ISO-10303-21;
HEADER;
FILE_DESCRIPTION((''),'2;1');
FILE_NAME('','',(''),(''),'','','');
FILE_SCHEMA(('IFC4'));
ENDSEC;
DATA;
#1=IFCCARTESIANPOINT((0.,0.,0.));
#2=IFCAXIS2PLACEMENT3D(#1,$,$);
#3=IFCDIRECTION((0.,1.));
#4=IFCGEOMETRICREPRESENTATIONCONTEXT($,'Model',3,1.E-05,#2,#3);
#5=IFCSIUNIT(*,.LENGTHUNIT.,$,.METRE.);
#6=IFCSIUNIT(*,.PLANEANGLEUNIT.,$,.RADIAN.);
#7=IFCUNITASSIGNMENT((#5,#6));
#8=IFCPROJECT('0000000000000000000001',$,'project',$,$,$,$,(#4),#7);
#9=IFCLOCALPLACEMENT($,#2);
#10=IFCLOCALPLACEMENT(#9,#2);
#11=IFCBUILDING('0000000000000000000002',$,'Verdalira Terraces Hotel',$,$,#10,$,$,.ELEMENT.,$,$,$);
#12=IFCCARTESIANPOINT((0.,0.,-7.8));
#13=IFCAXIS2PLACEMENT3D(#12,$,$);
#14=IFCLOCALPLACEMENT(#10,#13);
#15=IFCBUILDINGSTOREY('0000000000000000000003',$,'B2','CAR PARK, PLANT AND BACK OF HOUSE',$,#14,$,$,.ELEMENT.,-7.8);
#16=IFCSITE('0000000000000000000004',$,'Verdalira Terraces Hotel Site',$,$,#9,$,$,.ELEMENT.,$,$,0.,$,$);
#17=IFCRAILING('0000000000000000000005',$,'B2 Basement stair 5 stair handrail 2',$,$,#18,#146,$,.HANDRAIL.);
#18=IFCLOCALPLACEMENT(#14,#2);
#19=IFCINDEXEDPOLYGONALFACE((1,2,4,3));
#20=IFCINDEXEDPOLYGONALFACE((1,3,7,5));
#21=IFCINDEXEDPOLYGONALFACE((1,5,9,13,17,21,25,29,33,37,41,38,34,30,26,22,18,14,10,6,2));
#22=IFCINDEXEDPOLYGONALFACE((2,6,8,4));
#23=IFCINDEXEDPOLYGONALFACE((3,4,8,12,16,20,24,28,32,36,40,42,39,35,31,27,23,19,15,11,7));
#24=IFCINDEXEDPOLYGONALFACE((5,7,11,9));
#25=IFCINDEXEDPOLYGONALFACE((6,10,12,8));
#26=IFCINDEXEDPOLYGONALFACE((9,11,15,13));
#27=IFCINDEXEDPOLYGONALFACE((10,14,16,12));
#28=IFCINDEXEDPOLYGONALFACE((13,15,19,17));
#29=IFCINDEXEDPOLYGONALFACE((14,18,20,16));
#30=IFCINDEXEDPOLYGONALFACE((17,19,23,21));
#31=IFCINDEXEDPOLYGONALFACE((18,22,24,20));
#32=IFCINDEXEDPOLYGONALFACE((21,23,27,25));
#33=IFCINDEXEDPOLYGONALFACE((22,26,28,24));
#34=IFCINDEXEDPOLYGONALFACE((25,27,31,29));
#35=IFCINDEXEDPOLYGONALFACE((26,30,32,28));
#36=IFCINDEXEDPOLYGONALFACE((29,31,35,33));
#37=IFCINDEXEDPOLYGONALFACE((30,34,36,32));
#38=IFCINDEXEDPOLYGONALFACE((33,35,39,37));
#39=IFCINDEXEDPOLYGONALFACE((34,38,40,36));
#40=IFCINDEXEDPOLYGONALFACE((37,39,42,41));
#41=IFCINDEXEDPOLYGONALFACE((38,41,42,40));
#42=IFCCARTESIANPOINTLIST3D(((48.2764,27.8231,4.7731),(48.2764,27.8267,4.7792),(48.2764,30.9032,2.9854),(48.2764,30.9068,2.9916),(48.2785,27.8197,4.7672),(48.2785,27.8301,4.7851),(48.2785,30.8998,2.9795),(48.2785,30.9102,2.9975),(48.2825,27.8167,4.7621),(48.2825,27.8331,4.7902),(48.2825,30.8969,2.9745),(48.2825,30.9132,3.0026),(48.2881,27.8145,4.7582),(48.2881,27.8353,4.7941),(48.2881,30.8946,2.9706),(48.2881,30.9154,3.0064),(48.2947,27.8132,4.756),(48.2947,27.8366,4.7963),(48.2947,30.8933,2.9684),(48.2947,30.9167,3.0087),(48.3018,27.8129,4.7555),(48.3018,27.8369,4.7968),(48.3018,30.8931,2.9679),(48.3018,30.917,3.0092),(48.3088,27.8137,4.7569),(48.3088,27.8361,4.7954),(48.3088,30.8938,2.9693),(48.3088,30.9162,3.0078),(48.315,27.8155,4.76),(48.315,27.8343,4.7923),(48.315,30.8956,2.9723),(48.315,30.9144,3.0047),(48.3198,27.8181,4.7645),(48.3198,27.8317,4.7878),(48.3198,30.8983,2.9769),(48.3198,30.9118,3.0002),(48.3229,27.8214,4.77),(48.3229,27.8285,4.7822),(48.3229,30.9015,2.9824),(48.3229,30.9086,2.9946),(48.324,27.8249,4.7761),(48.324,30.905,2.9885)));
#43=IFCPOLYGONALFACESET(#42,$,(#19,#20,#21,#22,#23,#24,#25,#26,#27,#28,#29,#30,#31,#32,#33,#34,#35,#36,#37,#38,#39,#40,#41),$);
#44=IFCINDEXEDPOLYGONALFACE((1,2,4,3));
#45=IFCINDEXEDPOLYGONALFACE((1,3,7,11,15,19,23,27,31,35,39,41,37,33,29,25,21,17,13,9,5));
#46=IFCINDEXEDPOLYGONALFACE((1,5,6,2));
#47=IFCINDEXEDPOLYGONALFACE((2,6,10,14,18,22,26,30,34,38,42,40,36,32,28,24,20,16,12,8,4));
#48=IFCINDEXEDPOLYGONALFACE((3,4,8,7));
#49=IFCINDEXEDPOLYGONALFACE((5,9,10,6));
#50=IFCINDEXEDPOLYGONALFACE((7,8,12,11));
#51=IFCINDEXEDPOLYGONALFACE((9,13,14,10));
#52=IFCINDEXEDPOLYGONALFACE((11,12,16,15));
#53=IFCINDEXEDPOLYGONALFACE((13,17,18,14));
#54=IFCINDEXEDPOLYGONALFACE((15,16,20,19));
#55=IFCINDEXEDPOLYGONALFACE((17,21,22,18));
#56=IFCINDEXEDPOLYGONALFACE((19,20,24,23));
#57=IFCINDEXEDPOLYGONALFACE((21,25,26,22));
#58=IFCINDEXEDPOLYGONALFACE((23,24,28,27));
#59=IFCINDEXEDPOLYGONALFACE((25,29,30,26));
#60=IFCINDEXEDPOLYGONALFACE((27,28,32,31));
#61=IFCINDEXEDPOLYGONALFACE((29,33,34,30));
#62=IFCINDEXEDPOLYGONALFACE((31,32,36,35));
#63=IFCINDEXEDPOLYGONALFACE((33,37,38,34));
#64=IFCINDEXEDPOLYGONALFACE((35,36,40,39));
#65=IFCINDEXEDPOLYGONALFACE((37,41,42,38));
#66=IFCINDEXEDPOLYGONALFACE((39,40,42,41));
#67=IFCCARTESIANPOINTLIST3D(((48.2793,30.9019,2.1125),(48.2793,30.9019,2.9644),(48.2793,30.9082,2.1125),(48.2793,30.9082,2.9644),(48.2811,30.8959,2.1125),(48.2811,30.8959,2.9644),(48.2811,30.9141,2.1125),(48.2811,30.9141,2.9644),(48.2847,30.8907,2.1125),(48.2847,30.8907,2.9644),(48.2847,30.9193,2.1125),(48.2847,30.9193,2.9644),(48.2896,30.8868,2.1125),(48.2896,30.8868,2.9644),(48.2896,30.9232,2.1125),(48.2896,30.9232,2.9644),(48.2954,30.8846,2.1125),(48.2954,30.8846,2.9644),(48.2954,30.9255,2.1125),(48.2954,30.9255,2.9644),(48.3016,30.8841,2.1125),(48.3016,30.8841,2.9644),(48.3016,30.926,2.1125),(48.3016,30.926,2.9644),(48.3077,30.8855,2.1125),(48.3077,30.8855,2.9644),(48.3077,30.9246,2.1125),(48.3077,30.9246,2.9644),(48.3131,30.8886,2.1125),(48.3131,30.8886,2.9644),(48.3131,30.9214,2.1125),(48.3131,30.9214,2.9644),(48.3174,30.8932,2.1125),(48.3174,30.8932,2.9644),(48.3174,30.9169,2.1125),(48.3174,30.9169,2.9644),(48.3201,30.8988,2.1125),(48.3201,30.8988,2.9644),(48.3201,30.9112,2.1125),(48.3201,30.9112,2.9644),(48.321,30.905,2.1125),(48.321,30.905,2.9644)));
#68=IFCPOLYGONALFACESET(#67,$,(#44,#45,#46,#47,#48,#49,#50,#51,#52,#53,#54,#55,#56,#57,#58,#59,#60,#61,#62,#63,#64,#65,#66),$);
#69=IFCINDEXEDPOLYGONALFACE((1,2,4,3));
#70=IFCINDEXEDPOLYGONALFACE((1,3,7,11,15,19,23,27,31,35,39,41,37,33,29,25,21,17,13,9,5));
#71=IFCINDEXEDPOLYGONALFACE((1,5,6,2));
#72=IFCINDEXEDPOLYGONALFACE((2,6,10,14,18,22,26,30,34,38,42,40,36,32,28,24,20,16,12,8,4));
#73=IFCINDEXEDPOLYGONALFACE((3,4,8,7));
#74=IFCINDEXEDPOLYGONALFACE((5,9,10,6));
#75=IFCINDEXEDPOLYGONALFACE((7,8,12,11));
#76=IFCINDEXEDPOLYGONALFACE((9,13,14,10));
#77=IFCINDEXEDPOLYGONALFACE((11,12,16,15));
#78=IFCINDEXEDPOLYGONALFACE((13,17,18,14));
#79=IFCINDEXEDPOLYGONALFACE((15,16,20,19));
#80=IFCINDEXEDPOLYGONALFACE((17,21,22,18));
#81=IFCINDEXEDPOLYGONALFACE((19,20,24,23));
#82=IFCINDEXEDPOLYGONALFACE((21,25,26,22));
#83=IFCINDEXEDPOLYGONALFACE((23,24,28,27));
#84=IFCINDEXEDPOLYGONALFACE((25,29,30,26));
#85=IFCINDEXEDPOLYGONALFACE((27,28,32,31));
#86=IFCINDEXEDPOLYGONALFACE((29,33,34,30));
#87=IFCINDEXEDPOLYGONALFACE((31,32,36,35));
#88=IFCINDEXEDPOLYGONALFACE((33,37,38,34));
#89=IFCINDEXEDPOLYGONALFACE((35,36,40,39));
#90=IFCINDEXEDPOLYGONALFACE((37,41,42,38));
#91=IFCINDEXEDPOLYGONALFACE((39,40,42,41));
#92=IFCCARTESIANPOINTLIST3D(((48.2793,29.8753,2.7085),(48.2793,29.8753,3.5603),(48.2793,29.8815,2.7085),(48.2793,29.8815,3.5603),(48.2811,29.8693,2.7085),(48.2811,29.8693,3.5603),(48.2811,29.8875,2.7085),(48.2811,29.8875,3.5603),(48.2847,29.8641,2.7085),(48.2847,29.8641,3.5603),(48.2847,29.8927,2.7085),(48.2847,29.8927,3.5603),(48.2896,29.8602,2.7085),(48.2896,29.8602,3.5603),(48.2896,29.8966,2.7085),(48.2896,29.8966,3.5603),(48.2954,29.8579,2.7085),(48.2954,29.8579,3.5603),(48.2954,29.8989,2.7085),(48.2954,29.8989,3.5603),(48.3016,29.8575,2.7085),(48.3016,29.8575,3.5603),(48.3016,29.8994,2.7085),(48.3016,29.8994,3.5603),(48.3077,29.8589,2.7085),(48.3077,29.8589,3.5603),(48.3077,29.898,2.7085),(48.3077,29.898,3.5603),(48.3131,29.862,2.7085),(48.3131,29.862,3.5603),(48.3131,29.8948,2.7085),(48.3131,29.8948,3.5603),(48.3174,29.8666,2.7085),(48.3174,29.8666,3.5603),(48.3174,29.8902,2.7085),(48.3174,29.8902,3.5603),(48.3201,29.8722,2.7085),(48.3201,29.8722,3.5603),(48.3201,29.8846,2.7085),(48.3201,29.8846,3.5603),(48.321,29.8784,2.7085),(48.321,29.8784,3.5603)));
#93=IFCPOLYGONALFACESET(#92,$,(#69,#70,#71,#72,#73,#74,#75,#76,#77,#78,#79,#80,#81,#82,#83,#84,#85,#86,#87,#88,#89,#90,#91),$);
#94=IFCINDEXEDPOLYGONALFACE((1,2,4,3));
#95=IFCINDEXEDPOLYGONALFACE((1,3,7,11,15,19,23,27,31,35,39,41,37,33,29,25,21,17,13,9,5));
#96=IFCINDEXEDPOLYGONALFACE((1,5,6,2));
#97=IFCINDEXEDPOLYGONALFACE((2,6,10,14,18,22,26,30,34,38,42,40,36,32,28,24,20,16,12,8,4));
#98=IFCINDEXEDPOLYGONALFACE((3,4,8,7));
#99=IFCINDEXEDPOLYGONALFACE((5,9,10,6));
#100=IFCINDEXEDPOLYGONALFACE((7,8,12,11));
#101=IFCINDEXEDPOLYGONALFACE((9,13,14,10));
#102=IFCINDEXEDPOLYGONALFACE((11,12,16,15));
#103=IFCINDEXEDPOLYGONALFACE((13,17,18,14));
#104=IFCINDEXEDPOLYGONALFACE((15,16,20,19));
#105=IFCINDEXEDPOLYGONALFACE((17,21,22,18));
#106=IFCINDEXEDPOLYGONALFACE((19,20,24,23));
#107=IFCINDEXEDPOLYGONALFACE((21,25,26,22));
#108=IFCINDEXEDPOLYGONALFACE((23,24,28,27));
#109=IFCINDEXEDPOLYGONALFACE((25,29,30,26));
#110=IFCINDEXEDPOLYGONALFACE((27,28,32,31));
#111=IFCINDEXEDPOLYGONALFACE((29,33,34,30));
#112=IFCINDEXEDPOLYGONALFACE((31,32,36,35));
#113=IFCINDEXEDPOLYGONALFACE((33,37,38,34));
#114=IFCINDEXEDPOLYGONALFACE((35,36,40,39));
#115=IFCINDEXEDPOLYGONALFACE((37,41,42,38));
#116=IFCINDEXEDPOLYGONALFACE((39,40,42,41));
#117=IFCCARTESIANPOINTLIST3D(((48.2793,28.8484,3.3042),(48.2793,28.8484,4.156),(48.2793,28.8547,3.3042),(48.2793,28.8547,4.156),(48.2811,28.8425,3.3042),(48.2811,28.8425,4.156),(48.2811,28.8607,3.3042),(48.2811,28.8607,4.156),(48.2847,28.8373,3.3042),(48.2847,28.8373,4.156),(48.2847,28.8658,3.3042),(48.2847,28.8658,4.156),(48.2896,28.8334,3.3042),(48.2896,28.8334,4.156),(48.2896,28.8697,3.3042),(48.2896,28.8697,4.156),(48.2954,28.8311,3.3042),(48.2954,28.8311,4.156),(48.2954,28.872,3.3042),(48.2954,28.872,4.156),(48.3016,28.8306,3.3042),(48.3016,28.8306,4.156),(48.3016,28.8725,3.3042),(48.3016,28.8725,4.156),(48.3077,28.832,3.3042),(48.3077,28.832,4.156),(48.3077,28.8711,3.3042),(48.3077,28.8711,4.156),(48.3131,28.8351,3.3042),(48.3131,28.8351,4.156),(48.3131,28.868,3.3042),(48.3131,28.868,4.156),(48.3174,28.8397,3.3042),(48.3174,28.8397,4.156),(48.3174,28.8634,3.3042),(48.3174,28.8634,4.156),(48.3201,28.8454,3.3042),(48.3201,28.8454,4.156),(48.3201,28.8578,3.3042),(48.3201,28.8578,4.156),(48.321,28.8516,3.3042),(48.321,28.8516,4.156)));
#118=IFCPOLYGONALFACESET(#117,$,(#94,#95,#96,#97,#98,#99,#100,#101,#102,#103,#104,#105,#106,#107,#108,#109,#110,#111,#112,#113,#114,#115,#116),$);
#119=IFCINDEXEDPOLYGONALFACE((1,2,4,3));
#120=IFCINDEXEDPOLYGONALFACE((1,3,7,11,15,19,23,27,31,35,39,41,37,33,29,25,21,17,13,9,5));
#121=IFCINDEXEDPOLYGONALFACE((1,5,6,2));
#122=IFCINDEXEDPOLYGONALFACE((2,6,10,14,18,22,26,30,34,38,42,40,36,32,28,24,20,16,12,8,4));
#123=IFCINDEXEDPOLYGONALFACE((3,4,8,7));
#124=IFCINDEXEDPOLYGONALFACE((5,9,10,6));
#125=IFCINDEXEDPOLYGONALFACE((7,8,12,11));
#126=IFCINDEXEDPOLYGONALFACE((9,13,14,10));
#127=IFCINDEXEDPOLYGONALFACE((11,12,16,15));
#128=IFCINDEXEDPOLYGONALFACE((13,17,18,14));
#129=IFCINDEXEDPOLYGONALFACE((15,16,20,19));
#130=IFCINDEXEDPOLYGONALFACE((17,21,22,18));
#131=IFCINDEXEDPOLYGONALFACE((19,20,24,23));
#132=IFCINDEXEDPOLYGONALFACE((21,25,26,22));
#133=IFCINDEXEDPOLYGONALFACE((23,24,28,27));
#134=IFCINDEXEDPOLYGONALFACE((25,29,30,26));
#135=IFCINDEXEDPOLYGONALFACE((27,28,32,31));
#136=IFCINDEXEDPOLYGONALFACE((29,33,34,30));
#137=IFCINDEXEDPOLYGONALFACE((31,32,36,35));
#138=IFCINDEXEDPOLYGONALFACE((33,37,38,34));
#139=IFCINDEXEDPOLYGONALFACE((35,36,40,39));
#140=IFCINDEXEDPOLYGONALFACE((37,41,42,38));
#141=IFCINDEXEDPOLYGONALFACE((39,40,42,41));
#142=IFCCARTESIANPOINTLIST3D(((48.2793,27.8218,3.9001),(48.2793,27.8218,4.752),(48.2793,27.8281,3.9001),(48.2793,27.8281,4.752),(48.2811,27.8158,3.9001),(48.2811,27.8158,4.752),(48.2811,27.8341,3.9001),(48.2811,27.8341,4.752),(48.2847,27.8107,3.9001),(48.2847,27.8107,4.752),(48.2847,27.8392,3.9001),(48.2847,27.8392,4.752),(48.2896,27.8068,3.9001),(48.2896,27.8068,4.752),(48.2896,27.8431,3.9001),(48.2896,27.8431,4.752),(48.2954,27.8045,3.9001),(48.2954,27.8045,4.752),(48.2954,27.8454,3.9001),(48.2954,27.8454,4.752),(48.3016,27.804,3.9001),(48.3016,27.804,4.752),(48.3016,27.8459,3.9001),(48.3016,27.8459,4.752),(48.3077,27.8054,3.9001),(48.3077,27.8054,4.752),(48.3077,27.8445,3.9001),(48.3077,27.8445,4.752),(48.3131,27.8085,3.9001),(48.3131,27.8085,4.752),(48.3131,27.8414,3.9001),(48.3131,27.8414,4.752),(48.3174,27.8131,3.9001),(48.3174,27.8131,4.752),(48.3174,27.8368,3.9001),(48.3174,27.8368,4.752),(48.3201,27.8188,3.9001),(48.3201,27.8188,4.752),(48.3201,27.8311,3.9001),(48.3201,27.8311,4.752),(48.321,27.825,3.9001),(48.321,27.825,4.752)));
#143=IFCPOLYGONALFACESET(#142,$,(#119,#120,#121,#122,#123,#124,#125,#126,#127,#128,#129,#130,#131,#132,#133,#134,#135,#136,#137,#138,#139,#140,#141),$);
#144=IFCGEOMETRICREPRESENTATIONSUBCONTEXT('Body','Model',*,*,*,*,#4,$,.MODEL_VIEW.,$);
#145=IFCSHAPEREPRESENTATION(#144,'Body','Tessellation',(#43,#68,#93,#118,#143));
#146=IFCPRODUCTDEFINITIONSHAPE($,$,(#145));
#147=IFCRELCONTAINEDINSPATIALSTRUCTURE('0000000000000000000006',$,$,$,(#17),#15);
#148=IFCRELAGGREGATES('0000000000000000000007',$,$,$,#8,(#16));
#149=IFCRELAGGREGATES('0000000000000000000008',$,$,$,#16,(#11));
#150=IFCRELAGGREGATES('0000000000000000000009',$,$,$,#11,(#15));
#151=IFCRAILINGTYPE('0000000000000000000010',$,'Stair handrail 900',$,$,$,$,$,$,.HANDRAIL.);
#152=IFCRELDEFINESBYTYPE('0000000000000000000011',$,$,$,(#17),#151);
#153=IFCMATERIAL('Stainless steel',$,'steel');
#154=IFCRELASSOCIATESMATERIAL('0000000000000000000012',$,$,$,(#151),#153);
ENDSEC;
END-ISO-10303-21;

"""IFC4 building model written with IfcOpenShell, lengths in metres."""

from ifc_helpers import new_model, si_unit, direction, frame, origin, origin_2d, place, context, subcontext, project, spatial, circle, extrude, material, type_object, element, save


model = new_model("IFC4")

# Units and contexts
model_context = context("Model", 3, precision=1e-05, world=origin(), true_north=direction((0.0, 1.0)))
body_context = subcontext(model_context, "Body", "Model", "MODEL_VIEW")
ifc_project = project(units=[si_unit("LENGTHUNIT", "METRE"), si_unit("PLANEANGLEUNIT", "RADIAN")], contexts=[model_context])

# Site, building, storey
site_placement = place(None, origin())
site = spatial("IfcSite", under=ifc_project, at=site_placement, Name="Verdalira Terraces Hotel Site", CompositionType="ELEMENT", RefElevation=0.0)
building_placement = place(site_placement, origin())
building = spatial("IfcBuilding", under=site, at=building_placement, Name="Verdalira Terraces Hotel", CompositionType="ELEMENT")
storey_placement = place(building_placement, frame((0.0, 0.0, -7.8)))
storey = spatial("IfcBuildingStorey", under=building, at=storey_placement, Name="B2", Description="CAR PARK, PLANT AND BACK OF HOUSE", CompositionType="ELEMENT", Elevation=-7.8)

# Railing
ifc_material_1 = material(Name="Stainless steel", Category="steel")
railing_type_1 = type_object("IfcRailingType", Name="Stair handrail 900", PredefinedType="HANDRAIL", material=ifc_material_1)
railing_1_placement = place(storey_placement, frame((48.3, 30.905, 2.1125)))
element("IfcRailing", 1, at=railing_1_placement, inside=storey, type_object=railing_type_1, Name="B2 Basement stair 5 stair handrail 2", PredefinedType="HANDRAIL", context=body_context, shape_type="SweptSolid", body=[
    extrude(circle(Radius=0.0239, at=origin_2d()), frame((0.0, 0.0, 0.876), z_axis=(0.0, -0.864891, 0.50196), x_axis=(1.0, 0.0, 0.0)), (0.0, 0.0, 1.0), 3.5613),
    extrude(circle(Radius=0.021, at=origin_2d()), origin(), (0.0, 0.0, 1.0), 0.8518),
    extrude(circle(Radius=0.021, at=origin_2d()), frame((0.0, -1.0266, 0.5959)), (0.0, 0.0, 1.0), 0.8518),
    extrude(circle(Radius=0.021, at=origin_2d()), frame((0.0, -2.0535, 1.1917)), (0.0, 0.0, 1.0), 0.8518),
    extrude(circle(Radius=0.021, at=origin_2d()), frame((0.0, -3.0801, 1.7876)), (0.0, 0.0, 1.0), 0.8518),
])

save(model, "model.ifc")
